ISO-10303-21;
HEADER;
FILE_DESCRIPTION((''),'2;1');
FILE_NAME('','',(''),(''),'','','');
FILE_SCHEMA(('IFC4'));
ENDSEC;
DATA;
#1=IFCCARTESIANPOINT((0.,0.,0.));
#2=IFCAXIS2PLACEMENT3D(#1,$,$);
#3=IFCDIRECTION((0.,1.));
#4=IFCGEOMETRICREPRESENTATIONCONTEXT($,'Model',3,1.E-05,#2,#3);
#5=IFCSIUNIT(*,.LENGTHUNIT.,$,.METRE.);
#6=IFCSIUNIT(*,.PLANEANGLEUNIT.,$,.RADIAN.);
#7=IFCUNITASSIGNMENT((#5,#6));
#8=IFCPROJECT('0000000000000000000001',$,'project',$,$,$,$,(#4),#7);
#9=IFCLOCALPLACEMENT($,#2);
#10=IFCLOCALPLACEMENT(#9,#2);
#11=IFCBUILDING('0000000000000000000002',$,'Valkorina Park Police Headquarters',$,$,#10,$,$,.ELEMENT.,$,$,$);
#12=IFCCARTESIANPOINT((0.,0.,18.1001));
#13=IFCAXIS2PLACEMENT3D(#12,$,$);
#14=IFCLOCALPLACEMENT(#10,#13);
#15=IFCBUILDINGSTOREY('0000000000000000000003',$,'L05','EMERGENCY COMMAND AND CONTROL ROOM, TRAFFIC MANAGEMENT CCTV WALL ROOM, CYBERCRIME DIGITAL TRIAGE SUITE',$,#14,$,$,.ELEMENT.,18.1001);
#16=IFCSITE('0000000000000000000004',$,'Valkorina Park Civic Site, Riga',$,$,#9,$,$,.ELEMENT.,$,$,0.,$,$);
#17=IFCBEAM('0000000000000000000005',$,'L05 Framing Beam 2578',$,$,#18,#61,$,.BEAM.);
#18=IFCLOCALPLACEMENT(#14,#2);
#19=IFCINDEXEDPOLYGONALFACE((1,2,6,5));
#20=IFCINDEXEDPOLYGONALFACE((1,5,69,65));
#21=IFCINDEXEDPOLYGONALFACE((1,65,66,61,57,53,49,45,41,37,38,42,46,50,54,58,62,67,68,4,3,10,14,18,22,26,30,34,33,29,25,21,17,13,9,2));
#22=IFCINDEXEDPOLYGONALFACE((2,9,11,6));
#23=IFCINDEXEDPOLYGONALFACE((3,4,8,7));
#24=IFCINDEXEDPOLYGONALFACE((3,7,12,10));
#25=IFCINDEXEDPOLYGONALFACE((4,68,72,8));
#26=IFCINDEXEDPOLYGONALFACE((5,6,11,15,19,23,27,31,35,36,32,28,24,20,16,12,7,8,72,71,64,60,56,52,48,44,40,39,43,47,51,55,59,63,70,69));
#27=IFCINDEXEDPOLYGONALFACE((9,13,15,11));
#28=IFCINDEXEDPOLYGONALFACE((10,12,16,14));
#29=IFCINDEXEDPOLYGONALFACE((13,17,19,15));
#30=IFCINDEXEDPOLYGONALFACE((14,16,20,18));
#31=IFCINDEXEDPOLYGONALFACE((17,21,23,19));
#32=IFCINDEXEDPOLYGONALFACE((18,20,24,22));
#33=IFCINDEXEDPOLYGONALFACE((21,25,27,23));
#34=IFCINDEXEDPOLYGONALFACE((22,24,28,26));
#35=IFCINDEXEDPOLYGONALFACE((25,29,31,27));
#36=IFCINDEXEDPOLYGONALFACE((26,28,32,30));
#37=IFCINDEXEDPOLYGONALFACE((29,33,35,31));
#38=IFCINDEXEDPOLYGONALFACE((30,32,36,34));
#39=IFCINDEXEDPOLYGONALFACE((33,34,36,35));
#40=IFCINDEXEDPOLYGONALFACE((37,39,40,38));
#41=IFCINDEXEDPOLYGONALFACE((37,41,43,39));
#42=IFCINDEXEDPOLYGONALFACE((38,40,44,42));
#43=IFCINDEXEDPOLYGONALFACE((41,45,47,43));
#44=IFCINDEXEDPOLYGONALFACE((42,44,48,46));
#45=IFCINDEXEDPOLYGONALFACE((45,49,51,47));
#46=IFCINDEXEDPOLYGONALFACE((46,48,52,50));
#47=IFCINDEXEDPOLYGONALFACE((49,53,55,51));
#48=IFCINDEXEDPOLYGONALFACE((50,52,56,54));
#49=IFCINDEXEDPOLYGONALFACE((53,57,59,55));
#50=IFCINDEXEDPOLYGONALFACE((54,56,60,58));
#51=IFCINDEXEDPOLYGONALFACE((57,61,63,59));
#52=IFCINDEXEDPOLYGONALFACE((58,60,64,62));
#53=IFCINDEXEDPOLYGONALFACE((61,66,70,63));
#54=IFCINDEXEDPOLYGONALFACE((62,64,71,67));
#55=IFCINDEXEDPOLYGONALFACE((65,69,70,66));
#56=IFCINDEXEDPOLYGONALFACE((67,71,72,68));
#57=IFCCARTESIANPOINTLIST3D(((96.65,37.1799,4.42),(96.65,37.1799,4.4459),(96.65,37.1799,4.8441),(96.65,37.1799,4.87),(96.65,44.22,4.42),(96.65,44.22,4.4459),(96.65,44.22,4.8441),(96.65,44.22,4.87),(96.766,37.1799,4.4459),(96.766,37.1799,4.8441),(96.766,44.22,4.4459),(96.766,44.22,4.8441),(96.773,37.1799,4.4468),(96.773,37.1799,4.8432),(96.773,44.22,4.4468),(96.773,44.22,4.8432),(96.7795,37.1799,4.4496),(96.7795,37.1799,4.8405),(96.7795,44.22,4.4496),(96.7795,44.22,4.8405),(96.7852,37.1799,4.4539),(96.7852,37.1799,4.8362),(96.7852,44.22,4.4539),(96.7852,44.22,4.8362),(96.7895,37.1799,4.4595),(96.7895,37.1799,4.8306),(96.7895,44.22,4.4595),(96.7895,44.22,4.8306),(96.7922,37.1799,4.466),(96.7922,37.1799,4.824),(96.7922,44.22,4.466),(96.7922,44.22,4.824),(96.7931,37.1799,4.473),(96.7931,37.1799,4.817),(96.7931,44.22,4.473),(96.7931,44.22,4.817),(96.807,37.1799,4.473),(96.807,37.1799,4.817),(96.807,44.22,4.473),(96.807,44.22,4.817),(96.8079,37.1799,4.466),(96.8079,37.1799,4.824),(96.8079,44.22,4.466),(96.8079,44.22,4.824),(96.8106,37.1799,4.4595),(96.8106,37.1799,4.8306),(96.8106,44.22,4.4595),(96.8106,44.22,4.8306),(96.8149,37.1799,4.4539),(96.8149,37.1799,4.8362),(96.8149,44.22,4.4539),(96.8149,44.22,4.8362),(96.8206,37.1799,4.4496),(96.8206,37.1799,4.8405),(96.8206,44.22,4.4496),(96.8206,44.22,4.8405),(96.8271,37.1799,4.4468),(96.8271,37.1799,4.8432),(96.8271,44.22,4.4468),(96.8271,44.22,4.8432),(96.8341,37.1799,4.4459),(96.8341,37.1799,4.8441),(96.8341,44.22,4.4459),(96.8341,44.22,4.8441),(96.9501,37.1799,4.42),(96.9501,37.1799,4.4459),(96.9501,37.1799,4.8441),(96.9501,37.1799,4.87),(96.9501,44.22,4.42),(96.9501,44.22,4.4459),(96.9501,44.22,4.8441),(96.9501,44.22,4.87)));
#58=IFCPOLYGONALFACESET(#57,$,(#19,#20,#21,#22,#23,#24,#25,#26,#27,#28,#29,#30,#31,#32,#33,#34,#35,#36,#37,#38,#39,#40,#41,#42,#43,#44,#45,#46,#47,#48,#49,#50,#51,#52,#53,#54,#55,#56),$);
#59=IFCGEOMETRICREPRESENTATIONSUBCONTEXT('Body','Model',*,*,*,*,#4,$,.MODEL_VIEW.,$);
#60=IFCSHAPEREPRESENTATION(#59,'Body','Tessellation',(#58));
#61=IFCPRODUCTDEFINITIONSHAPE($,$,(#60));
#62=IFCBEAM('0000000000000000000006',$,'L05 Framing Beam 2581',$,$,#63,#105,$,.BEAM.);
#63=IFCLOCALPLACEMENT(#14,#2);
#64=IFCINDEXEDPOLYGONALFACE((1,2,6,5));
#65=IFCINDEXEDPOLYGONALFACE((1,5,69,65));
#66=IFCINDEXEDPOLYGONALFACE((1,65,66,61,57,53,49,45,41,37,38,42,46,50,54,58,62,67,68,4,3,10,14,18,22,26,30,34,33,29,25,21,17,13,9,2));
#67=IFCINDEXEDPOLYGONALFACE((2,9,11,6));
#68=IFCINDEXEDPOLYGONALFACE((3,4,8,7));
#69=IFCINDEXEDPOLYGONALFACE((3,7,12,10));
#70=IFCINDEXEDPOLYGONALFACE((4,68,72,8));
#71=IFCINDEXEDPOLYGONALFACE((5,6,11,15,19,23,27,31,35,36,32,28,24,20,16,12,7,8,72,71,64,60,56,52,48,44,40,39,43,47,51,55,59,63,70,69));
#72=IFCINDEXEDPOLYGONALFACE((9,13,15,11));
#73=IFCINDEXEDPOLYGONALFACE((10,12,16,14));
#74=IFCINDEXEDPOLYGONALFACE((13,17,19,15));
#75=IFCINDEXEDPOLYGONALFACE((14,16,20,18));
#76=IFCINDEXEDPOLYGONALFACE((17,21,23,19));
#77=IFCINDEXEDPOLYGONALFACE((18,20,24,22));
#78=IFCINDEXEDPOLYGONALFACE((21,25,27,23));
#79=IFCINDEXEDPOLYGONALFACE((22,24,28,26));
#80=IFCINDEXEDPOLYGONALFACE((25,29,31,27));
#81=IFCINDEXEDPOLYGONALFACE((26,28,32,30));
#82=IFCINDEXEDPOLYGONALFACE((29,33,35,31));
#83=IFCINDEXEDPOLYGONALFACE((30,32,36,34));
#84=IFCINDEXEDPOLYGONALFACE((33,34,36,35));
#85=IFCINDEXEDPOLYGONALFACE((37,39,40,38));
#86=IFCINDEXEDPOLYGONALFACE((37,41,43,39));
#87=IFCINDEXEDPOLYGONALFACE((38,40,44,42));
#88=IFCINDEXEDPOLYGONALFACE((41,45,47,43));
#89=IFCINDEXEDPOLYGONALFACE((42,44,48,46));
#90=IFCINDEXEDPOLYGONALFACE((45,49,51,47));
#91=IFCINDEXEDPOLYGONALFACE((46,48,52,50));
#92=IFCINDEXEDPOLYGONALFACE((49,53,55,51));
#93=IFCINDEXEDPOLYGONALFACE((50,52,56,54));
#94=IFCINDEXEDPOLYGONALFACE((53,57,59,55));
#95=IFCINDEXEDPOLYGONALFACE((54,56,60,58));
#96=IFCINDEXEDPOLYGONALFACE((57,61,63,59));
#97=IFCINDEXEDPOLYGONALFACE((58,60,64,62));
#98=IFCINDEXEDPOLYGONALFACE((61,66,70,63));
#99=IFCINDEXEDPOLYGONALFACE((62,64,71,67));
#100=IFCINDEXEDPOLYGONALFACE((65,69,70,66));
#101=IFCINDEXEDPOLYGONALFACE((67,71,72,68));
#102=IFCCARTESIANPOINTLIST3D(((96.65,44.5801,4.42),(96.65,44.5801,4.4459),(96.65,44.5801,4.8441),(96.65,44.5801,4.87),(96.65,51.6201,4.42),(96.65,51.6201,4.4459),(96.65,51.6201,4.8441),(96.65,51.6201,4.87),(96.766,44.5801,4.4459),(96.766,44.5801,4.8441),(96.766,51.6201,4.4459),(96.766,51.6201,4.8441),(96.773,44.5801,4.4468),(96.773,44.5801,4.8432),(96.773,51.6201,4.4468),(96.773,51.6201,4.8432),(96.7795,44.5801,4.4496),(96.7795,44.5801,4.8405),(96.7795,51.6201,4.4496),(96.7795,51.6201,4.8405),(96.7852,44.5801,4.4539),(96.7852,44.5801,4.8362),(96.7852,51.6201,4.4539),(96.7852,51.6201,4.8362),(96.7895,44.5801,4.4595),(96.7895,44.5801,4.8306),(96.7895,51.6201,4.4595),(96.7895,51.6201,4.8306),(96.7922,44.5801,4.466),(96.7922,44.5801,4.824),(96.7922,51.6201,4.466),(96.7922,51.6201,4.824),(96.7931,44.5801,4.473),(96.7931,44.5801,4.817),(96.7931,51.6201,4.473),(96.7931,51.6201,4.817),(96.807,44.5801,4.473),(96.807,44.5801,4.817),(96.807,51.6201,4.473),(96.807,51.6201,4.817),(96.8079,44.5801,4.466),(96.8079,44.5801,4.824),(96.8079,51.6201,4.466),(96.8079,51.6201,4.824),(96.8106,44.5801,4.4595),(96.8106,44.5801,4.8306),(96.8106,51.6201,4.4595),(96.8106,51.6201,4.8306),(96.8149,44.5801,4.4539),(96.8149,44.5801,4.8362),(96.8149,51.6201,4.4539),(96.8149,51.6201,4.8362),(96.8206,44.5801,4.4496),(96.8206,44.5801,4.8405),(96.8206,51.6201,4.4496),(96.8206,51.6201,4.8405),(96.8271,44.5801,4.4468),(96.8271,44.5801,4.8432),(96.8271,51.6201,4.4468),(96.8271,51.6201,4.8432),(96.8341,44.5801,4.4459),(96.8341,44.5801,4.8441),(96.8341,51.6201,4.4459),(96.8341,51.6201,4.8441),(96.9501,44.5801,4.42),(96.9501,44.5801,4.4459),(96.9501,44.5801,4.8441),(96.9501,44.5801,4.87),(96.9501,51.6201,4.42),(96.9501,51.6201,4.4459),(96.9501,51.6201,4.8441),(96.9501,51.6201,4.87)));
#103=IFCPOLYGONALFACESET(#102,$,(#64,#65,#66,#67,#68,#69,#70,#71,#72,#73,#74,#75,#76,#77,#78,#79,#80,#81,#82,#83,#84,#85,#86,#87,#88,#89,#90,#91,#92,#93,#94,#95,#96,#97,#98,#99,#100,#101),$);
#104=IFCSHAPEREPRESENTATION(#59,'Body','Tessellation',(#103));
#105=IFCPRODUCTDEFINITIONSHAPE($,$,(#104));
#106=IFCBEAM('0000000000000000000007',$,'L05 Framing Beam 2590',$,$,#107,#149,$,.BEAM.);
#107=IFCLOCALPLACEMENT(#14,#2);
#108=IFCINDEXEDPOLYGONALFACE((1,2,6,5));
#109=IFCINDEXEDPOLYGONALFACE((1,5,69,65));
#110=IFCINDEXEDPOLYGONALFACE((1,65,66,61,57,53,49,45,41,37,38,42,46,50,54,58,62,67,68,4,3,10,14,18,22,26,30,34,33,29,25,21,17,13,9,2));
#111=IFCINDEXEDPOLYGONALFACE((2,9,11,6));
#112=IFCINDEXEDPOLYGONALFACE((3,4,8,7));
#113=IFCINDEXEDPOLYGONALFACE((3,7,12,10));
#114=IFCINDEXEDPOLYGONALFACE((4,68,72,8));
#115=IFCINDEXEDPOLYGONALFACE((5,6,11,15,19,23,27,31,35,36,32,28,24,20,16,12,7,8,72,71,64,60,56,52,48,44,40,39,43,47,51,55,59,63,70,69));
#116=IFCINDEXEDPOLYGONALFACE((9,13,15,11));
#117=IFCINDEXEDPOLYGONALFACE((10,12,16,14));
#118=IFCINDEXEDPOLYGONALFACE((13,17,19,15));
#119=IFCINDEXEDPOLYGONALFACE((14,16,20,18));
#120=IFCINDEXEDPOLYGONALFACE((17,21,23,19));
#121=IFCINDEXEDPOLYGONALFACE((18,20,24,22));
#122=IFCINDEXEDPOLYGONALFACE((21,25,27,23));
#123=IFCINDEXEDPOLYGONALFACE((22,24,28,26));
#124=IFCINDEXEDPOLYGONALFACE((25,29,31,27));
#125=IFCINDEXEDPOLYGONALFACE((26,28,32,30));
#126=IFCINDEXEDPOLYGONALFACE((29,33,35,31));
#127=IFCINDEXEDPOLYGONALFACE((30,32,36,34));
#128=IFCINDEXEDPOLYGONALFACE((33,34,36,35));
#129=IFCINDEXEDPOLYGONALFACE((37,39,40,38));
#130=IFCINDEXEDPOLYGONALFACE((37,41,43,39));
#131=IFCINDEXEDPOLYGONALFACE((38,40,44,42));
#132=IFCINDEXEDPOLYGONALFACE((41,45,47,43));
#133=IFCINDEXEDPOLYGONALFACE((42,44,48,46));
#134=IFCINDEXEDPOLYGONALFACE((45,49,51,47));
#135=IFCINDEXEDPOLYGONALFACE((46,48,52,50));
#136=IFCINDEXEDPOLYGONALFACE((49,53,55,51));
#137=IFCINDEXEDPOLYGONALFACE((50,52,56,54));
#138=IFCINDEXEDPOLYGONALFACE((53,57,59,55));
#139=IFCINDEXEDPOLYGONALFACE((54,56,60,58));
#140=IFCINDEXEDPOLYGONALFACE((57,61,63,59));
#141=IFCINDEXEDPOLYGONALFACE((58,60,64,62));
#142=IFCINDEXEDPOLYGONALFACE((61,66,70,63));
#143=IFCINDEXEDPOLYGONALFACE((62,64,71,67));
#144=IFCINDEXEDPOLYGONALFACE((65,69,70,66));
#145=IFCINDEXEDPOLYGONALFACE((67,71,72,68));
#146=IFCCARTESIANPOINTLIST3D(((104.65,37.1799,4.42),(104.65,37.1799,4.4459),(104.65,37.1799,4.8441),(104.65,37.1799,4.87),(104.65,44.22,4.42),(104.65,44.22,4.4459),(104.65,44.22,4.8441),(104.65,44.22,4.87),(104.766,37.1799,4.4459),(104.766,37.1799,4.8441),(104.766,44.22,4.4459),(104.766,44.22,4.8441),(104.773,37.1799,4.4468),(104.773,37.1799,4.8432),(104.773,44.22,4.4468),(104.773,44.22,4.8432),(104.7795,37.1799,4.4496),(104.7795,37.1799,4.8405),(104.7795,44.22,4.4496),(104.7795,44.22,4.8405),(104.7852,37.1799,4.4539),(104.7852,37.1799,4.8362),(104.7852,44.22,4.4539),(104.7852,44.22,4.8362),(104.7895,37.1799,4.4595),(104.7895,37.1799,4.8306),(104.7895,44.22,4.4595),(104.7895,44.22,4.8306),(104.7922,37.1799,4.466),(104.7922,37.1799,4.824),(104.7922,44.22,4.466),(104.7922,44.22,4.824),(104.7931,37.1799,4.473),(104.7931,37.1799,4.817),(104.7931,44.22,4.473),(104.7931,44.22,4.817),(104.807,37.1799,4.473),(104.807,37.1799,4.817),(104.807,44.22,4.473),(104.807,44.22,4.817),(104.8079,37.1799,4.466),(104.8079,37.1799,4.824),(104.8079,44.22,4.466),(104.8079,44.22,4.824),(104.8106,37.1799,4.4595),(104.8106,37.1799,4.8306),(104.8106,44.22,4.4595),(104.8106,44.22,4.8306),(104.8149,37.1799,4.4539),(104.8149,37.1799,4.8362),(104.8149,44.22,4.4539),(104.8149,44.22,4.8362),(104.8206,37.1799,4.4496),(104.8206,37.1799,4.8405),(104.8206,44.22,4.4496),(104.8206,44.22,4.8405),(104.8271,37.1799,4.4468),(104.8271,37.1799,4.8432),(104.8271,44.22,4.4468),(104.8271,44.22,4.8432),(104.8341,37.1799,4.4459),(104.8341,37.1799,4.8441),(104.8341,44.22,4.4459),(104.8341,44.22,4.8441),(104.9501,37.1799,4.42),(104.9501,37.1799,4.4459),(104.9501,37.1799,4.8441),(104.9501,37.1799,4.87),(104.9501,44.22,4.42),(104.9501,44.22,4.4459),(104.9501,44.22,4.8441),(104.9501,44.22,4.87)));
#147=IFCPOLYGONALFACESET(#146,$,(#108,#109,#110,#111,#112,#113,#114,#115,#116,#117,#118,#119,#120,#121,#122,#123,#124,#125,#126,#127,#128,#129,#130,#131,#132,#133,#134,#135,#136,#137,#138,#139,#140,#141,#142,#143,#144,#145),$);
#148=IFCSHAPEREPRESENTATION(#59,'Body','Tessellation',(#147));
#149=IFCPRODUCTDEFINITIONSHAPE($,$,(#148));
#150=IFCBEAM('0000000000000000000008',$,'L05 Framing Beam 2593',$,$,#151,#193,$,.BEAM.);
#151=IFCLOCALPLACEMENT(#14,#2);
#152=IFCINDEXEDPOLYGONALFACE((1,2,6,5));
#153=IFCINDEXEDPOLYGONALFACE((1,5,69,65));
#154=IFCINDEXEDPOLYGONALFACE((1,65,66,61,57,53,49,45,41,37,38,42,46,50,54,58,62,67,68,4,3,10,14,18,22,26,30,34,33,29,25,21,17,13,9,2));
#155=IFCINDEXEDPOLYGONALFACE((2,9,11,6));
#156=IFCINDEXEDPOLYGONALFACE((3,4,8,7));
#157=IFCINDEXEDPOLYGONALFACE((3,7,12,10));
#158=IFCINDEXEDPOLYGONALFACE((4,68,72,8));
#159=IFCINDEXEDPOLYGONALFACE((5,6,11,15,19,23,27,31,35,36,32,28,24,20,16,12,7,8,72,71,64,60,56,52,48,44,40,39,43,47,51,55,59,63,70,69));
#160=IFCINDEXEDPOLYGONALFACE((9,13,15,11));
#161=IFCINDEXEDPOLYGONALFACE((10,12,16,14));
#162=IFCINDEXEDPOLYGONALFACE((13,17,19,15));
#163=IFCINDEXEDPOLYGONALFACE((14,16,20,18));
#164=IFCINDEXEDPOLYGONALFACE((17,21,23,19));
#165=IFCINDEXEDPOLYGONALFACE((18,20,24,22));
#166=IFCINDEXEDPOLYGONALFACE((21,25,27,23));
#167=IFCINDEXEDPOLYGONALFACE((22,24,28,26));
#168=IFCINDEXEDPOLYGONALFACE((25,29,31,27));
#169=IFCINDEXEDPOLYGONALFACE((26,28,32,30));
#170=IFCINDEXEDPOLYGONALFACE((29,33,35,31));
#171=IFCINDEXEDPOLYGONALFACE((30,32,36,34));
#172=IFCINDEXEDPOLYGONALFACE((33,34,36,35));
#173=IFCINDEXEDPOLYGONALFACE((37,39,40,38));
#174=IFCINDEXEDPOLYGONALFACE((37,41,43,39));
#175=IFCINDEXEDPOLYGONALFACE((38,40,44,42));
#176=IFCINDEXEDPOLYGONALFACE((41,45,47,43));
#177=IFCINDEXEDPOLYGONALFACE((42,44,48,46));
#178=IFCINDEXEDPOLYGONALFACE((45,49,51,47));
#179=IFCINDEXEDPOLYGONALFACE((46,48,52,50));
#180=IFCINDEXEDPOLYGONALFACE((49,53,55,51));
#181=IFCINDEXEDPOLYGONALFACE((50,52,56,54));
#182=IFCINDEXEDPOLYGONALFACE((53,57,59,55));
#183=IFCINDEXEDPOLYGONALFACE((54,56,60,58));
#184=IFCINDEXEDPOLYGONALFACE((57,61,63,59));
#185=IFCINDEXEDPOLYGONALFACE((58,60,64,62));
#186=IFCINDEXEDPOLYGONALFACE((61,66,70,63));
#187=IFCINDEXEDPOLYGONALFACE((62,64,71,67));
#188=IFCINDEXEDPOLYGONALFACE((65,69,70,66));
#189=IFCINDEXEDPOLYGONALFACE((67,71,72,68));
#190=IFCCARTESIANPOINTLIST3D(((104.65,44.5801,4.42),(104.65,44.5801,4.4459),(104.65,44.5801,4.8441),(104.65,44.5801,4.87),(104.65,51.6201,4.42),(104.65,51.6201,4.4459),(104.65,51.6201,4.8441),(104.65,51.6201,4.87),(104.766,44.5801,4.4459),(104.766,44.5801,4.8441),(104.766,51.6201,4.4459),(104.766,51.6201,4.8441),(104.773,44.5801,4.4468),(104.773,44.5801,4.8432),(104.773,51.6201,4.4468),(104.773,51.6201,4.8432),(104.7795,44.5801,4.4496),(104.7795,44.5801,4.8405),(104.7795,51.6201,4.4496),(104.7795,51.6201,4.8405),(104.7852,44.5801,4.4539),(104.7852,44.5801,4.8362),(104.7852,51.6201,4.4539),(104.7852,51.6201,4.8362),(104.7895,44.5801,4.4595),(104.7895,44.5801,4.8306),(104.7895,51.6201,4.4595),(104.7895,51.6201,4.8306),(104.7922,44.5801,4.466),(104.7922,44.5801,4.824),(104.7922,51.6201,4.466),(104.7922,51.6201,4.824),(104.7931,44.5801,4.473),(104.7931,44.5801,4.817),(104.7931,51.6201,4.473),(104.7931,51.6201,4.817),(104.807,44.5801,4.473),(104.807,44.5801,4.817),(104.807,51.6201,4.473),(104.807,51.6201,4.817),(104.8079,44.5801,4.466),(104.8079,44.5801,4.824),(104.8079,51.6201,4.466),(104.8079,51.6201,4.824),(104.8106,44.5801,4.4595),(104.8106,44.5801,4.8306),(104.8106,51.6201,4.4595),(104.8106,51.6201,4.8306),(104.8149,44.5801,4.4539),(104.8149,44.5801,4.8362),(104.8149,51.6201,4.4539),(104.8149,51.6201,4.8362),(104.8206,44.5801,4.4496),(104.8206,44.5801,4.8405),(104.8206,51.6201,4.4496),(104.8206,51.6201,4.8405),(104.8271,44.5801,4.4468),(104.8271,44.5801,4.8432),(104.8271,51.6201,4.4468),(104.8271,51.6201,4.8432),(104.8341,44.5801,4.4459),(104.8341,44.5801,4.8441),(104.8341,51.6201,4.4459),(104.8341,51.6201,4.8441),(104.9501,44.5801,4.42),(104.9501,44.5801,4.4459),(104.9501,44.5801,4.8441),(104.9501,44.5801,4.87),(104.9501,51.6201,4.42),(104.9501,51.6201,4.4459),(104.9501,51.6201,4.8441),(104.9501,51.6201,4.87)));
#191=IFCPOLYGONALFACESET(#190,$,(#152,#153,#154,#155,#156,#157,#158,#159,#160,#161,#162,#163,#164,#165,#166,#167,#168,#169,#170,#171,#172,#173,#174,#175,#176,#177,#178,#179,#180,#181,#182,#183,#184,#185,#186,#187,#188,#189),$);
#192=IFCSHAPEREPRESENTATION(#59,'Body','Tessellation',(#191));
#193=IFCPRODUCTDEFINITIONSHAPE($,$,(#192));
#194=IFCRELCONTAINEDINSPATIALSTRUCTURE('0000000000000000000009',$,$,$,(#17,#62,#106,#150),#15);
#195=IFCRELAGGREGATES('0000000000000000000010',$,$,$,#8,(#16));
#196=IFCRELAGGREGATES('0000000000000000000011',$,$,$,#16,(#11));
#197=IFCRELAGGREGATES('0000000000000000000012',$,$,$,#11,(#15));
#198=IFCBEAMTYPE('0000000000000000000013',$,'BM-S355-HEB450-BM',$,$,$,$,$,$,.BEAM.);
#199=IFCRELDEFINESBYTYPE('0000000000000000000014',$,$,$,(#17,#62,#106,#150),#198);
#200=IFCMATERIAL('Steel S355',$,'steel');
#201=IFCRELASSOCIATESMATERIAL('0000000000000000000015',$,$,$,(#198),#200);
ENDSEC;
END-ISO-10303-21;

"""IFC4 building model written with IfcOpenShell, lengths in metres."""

from ifc_helpers import new_model, si_unit, direction, frame, origin, origin_2d, place, context, subcontext, project, spatial, i_section, extrude, material, material_profile, profile_set, type_object, element, save


model = new_model("IFC4")

# Units and contexts
model_context = context("Model", 3, precision=1e-05, world=origin(), true_north=direction((0.0, 1.0)))
body_context = subcontext(model_context, "Body", "Model", "MODEL_VIEW")
ifc_project = project(units=[si_unit("LENGTHUNIT", "METRE"), si_unit("PLANEANGLEUNIT", "RADIAN")], contexts=[model_context])

# Site, building, storey
site_placement = place(None, origin())
site = spatial("IfcSite", under=ifc_project, at=site_placement, Name="Valkorina Park Civic Site, Riga", CompositionType="ELEMENT", RefElevation=0.0)
building_placement = place(site_placement, origin())
building = spatial("IfcBuilding", under=site, at=building_placement, Name="Valkorina Park Police Headquarters", CompositionType="ELEMENT")
storey_placement = place(building_placement, frame((0.0, 0.0, 18.1001)))
storey = spatial("IfcBuildingStorey", under=building, at=storey_placement, Name="L05", Description="EMERGENCY COMMAND AND CONTROL ROOM, TRAFFIC MANAGEMENT CCTV WALL ROOM, CYBERCRIME DIGITAL TRIAGE SUITE", CompositionType="ELEMENT", Elevation=18.1001)

# Shared definitions
ifc_material_1 = material(Name="Steel S355", Category="steel")

# Beams
ifc_material_profile_1 = material_profile(ifc_material_1, i_section(OverallWidth=0.3, OverallDepth=0.45, WebThickness=0.0139, FlangeThickness=0.0259, FilletRadius=0.0271, at=origin_2d()), Name="HEB 450")
ifc_profile_set_1 = profile_set([ifc_material_profile_1], Name="Steel S355")
beam_type_1 = type_object("IfcBeamType", Name="BM-S355-HEB450-BM", PredefinedType="BEAM", material=ifc_profile_set_1)
for number, where, z_axis, x_axis, name in (
    (1, (96.8, 37.1799, 4.645), (0.0, 1.0, 0.0), (-1.0, 0.0, 0.0), "L05 Framing Beam 2578"),
    (2, (96.8, 44.5801, 4.645), (0.0, 1.0, 0.0), (-1.0, 0.0, 0.0), "L05 Framing Beam 2581"),
    (3, (104.8, 37.1799, 4.645), (0.0, 1.0, 0.0), (-1.0, 0.0, 0.0), "L05 Framing Beam 2590"),
    (4, (104.8, 44.5801, 4.645), (0.0, 1.0, 0.0), (-1.0, 0.0, 0.0), "L05 Framing Beam 2593"),
):
    element("IfcBeam", number, at=place(storey_placement, frame(where, z_axis=z_axis, x_axis=x_axis)), inside=storey, type_object=beam_type_1, Name=name, PredefinedType="BEAM", context=body_context, shape_type="SweptSolid", body=[
        extrude(i_section(OverallWidth=0.3, OverallDepth=0.45, WebThickness=0.0139, FlangeThickness=0.0259, FilletRadius=0.0271, at=origin_2d()), origin(), (0.0, 0.0, 1.0), 7.04),
    ])

save(model, "model.ifc")
